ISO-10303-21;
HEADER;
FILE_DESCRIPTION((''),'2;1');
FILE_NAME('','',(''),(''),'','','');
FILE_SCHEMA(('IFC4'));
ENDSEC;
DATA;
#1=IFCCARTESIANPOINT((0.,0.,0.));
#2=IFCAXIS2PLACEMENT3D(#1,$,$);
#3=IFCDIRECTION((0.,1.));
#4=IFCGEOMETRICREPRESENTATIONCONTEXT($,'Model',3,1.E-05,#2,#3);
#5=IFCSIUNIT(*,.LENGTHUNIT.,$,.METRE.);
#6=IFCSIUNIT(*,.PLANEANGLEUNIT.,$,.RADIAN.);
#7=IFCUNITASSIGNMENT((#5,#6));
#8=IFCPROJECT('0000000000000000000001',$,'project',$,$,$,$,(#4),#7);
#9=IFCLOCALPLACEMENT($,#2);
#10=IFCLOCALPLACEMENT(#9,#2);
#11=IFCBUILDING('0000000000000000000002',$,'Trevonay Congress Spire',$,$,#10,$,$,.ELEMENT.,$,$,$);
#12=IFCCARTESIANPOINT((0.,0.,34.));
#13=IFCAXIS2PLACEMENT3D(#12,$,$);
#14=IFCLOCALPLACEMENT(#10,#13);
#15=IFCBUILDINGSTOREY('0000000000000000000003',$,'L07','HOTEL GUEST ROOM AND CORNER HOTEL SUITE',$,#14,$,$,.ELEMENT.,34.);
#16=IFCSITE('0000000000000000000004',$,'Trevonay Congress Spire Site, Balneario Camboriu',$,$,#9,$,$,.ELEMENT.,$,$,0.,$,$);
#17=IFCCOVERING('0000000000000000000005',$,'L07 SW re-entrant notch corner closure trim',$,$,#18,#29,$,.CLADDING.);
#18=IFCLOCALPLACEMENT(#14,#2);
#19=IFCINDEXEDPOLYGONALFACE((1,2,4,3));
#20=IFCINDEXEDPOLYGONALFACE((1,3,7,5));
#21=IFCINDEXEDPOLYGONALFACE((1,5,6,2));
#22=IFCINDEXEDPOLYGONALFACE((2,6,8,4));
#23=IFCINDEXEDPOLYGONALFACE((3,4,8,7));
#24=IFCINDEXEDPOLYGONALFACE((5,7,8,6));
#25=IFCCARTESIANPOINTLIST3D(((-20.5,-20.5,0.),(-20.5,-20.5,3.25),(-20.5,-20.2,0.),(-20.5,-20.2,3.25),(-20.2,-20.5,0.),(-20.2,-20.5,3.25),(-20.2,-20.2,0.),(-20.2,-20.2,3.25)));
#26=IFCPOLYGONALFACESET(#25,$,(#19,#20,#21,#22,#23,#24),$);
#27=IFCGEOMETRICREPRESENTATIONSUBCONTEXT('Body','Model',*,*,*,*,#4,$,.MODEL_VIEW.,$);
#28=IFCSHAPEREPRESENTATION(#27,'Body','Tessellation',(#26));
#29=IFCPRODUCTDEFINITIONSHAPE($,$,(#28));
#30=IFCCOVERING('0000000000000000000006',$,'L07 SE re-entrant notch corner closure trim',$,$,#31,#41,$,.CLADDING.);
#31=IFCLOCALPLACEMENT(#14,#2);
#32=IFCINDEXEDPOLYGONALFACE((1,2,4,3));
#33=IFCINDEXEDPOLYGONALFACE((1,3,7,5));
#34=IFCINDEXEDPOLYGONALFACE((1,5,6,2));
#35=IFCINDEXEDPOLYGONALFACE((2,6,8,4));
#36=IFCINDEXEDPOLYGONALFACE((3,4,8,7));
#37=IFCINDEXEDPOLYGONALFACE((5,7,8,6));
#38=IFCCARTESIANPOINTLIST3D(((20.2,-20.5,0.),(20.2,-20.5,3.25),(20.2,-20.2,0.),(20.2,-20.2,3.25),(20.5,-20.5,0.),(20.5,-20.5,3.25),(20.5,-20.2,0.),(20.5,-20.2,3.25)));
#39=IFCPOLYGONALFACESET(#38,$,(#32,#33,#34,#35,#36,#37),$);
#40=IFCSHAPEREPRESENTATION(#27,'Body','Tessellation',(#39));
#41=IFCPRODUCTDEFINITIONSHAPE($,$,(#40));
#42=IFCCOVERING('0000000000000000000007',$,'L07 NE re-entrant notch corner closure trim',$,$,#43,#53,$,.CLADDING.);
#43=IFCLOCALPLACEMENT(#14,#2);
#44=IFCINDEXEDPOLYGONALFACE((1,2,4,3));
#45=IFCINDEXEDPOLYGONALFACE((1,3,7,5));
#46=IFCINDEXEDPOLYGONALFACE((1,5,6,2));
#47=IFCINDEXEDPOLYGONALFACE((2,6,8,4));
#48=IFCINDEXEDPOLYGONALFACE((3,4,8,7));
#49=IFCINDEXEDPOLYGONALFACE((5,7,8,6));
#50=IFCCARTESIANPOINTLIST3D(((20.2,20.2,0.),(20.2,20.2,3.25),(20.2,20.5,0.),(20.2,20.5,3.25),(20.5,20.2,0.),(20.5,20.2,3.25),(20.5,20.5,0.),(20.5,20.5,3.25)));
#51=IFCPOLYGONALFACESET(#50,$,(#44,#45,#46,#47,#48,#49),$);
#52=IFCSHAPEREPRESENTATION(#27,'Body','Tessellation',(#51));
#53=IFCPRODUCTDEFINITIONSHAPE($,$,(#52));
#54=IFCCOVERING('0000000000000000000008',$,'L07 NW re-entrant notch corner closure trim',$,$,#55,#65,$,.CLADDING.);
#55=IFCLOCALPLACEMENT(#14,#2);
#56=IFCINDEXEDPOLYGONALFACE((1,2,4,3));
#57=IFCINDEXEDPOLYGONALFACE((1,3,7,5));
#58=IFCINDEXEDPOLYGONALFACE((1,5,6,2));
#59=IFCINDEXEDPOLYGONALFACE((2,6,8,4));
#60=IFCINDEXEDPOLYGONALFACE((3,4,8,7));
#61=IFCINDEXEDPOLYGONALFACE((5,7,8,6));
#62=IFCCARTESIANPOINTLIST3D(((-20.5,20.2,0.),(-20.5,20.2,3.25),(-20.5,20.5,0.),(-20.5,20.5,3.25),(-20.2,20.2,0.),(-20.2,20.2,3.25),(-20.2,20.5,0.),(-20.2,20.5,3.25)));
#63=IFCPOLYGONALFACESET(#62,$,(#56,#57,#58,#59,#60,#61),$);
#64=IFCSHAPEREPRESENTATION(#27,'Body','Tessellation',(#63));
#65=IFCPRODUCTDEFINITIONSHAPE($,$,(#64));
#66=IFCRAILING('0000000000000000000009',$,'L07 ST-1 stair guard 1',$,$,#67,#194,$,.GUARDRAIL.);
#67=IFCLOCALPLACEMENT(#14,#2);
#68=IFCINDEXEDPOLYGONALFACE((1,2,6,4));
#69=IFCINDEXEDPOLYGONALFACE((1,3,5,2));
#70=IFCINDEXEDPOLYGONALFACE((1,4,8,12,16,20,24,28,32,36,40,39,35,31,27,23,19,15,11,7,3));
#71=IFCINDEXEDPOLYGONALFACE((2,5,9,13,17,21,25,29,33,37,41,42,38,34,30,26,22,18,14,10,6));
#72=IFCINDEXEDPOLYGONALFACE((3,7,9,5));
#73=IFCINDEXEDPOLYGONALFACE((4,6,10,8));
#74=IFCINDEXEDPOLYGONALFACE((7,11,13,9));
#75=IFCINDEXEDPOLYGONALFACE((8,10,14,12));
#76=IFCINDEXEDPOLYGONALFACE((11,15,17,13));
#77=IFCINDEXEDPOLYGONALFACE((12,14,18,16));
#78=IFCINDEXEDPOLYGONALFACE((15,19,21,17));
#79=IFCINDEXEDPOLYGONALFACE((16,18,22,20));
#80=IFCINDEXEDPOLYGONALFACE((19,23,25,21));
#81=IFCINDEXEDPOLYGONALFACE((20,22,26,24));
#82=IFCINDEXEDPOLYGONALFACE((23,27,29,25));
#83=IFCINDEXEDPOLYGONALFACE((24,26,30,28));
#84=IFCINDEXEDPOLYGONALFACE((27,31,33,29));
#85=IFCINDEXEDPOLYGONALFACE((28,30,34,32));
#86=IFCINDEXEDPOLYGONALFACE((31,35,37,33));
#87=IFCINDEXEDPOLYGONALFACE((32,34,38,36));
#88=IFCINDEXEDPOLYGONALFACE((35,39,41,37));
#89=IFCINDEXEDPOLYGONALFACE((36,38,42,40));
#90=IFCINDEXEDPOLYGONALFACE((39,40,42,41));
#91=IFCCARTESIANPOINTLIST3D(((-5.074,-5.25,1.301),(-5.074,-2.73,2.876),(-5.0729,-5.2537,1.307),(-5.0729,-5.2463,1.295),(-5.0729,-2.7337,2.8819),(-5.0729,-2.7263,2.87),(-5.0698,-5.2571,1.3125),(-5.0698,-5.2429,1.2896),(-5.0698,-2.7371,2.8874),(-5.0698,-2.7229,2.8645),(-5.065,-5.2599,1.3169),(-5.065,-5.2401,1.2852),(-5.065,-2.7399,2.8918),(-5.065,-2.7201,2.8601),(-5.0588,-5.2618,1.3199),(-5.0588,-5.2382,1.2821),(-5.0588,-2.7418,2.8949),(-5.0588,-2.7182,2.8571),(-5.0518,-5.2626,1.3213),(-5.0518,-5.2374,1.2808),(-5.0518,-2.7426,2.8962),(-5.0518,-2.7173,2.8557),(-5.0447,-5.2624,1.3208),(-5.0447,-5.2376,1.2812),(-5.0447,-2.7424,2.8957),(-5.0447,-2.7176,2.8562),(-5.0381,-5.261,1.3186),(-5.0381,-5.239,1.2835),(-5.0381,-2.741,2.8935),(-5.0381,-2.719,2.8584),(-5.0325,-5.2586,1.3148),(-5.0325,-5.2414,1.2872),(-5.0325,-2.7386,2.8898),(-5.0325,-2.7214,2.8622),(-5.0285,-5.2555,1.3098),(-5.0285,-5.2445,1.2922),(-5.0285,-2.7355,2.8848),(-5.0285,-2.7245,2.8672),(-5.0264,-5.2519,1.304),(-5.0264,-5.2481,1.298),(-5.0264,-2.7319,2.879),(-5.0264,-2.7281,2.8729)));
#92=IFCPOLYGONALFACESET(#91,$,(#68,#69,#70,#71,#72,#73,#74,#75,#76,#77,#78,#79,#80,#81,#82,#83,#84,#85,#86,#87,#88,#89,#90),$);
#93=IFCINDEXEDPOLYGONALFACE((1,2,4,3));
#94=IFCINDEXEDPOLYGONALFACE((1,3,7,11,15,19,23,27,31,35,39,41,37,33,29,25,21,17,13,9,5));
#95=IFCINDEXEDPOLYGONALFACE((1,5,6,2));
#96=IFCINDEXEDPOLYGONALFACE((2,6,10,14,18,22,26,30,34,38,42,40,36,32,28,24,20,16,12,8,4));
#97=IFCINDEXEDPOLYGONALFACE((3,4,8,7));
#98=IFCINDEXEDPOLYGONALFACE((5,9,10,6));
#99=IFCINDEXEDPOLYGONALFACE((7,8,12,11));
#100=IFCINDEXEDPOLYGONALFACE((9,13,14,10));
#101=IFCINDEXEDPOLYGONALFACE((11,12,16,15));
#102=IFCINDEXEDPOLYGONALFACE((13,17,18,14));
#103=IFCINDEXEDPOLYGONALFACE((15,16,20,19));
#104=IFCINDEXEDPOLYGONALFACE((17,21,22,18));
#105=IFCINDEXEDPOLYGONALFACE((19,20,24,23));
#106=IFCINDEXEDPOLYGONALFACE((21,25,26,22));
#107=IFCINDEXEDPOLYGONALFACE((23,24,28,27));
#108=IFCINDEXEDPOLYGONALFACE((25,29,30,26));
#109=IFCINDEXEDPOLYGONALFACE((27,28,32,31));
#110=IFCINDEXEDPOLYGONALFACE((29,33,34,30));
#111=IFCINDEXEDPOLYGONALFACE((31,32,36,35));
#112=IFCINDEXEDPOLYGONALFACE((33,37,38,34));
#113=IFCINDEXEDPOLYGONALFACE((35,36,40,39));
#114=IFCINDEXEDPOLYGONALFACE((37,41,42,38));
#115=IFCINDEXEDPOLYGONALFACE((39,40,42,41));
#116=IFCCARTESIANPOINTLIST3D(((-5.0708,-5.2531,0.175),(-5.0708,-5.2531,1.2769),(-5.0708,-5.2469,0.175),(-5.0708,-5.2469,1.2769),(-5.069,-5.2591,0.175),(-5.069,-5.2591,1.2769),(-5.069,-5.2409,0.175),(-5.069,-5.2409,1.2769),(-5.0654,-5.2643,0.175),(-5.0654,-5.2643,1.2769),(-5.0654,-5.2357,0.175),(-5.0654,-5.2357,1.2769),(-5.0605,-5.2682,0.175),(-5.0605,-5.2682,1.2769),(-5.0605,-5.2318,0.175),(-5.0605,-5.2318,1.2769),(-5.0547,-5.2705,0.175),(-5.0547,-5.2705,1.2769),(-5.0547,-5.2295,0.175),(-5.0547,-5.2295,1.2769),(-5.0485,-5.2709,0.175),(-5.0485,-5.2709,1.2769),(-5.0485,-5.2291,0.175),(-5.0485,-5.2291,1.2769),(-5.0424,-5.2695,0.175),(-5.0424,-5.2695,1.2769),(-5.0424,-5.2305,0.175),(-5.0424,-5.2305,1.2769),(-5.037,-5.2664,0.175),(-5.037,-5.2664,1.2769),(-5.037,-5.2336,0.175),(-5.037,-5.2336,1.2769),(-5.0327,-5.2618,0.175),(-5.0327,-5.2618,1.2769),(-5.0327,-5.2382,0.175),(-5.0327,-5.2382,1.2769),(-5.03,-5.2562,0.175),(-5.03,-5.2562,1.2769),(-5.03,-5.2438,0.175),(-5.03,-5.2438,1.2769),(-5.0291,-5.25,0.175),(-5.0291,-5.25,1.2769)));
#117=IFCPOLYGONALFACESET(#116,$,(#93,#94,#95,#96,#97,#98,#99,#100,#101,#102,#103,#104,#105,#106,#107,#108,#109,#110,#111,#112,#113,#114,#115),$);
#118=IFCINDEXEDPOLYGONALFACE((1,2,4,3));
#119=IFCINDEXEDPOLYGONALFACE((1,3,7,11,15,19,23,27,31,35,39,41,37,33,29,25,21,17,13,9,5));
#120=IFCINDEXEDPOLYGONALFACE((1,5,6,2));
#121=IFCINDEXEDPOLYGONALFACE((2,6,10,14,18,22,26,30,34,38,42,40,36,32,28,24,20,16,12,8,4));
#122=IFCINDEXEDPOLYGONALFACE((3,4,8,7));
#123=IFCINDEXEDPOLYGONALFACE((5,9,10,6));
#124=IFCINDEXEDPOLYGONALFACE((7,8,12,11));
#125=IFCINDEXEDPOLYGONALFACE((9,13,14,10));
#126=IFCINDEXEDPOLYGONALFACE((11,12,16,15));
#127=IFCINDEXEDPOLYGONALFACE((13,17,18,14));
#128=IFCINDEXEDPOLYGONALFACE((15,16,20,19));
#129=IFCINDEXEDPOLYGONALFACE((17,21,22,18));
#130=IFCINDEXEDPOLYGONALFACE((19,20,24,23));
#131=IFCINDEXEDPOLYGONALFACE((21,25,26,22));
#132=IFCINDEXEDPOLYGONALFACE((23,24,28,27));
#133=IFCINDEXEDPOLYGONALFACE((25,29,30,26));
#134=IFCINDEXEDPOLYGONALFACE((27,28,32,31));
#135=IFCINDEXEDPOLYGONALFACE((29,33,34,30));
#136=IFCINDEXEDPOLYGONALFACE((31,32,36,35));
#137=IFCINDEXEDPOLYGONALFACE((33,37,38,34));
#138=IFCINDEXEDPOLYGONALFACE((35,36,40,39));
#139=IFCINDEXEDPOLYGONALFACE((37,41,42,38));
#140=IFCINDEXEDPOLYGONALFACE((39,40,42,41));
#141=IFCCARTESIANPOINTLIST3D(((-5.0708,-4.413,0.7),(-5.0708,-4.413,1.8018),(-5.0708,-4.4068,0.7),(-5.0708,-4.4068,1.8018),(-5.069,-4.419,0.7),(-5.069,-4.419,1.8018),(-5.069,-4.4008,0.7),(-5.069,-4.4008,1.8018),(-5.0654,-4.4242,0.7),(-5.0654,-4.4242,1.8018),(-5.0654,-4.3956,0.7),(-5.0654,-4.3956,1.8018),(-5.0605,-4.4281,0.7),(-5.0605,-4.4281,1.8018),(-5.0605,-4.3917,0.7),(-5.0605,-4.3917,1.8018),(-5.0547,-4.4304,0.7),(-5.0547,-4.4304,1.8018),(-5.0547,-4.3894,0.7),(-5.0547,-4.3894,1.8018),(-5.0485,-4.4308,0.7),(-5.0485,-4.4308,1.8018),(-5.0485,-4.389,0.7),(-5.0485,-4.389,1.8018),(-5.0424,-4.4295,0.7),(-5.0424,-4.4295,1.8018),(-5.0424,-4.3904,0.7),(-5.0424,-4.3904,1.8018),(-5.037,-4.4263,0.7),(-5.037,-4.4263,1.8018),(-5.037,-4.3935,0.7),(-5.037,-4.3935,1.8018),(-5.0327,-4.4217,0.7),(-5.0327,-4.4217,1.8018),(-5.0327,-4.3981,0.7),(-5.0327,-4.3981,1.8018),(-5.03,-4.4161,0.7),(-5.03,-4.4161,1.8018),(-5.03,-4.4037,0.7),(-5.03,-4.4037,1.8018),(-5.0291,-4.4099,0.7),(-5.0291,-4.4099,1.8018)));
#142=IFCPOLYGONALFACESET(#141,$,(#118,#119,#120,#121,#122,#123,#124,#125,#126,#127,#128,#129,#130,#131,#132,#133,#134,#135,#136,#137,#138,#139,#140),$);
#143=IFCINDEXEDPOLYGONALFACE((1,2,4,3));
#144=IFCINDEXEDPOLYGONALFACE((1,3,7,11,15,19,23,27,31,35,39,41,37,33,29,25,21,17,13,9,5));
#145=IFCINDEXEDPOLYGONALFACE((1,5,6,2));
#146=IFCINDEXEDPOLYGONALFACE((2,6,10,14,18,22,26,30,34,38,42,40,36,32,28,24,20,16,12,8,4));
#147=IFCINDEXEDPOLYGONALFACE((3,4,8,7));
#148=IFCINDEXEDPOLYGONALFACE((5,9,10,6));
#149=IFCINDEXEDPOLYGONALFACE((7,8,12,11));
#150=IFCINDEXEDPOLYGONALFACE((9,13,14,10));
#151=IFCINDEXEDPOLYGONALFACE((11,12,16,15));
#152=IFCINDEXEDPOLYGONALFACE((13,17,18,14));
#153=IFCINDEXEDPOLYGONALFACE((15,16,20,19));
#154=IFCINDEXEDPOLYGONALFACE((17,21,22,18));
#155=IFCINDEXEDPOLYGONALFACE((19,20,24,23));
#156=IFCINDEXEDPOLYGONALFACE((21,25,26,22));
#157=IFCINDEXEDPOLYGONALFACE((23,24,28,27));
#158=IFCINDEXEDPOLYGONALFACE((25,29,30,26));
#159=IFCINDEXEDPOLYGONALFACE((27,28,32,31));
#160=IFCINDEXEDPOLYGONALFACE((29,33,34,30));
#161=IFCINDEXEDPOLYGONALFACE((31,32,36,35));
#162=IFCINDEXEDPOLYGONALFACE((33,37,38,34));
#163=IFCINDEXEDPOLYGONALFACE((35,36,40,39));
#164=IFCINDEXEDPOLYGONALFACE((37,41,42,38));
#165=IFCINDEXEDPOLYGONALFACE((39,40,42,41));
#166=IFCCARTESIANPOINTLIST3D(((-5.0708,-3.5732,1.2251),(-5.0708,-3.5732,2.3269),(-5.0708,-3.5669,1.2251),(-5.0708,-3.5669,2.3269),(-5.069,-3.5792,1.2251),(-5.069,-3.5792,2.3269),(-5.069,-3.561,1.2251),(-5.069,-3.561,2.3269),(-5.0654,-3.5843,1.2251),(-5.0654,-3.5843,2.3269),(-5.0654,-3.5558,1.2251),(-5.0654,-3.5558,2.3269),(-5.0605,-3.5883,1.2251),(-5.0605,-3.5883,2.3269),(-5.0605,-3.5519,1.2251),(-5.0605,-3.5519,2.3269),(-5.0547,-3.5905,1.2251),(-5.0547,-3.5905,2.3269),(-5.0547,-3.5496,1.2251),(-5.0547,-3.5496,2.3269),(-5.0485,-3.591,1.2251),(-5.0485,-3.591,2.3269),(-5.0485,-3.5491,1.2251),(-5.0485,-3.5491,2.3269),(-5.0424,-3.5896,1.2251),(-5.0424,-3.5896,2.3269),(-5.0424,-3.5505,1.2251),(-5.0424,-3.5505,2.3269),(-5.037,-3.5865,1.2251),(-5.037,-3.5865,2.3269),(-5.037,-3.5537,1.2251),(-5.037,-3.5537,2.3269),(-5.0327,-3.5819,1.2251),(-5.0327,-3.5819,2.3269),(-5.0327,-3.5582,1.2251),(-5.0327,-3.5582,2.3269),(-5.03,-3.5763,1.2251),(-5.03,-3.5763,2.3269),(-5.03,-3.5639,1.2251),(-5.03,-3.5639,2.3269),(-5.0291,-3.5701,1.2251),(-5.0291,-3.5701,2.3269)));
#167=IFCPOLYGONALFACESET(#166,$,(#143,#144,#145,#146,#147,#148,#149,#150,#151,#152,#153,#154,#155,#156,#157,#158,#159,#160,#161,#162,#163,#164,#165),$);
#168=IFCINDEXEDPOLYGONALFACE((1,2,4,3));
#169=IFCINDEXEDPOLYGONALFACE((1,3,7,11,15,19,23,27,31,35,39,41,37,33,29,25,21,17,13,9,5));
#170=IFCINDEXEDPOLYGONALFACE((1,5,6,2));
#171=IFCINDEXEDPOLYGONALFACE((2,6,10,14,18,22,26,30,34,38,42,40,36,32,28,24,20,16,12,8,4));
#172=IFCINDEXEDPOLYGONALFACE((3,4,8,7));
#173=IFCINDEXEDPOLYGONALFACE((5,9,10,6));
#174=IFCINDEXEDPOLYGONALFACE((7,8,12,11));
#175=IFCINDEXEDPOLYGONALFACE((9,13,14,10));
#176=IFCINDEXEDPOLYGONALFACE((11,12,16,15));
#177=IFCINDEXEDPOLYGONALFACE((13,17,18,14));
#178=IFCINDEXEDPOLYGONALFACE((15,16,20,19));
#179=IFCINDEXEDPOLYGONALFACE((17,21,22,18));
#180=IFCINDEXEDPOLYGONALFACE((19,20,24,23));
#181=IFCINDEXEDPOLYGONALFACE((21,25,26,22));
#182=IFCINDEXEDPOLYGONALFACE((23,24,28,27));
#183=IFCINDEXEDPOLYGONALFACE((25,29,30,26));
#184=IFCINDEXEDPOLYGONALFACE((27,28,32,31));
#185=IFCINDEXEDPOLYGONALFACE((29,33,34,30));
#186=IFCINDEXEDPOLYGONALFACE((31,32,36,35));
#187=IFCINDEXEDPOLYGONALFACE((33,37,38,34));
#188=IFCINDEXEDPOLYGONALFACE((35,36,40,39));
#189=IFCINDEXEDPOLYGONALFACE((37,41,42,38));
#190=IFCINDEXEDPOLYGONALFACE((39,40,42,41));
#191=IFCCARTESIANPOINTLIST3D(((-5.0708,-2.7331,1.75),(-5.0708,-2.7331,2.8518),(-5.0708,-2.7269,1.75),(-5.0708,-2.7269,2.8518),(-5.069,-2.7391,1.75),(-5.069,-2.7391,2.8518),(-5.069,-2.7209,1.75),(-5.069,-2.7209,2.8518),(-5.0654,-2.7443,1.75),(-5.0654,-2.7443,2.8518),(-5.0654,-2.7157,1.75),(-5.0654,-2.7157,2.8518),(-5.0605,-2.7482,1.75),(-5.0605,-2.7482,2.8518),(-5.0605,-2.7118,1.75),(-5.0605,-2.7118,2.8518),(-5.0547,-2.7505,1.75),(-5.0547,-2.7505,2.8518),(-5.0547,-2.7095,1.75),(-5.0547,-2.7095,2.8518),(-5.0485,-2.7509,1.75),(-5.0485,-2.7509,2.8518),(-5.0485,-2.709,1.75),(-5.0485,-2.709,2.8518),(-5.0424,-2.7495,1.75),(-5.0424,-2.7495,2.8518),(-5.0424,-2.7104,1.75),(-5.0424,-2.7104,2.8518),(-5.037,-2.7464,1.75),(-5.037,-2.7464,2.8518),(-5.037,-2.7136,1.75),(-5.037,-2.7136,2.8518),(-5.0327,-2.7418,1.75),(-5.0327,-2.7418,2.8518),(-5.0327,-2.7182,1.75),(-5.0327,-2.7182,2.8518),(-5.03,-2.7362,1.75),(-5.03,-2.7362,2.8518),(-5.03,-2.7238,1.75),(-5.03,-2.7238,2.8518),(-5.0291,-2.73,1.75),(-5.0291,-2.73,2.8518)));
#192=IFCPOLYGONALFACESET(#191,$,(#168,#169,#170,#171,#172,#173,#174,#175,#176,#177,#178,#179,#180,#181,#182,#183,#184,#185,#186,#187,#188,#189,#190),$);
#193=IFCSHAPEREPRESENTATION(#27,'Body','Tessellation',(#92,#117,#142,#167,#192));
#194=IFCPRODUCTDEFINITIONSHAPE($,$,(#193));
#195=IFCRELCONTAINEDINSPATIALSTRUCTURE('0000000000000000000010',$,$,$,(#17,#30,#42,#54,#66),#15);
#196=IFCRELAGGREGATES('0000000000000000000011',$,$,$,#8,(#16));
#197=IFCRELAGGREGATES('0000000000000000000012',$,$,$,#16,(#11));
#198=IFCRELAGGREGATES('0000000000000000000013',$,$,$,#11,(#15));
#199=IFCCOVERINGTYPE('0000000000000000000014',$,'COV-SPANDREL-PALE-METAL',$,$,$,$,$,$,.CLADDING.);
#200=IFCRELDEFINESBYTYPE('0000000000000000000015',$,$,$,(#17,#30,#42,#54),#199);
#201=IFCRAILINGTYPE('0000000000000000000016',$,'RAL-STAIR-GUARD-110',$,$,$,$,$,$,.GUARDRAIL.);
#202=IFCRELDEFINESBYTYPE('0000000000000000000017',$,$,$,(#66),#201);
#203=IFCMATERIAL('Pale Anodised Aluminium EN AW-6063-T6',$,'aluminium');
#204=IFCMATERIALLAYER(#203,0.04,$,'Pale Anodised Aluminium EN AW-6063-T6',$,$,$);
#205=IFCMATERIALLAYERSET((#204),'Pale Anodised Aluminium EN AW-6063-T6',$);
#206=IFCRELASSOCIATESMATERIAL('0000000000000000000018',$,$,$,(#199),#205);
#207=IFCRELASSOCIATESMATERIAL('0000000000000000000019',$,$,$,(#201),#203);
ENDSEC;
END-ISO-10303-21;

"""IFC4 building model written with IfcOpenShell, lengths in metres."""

from ifc_helpers import new_model, si_unit, direction, frame, origin, origin_2d, place, context, subcontext, project, spatial, polyline, circle, outline, extrude, material, layer, layer_set, type_object, element, save


model = new_model("IFC4")

# Units and contexts
model_context = context("Model", 3, precision=1e-05, world=origin(), true_north=direction((0.0, 1.0)))
body_context = subcontext(model_context, "Body", "Model", "MODEL_VIEW")
ifc_project = project(units=[si_unit("LENGTHUNIT", "METRE"), si_unit("PLANEANGLEUNIT", "RADIAN")], contexts=[model_context])

# Site, building, storey
site_placement = place(None, origin())
site = spatial("IfcSite", under=ifc_project, at=site_placement, Name="Trevonay Congress Spire Site, Balneario Camboriu", CompositionType="ELEMENT", RefElevation=0.0)
building_placement = place(site_placement, origin())
building = spatial("IfcBuilding", under=site, at=building_placement, Name="Trevonay Congress Spire", CompositionType="ELEMENT")
storey_placement = place(building_placement, frame((0.0, 0.0, 34.0)))
storey = spatial("IfcBuildingStorey", under=building, at=storey_placement, Name="L07", Description="HOTEL GUEST ROOM AND CORNER HOTEL SUITE", CompositionType="ELEMENT", Elevation=34.0)

# Shared definitions
ifc_material_1 = material(Name="Pale Anodised Aluminium EN AW-6063-T6", Category="aluminium")

# Coverings
ifc_layer_1 = layer(ifc_material_1, 0.04, Name="Pale Anodised Aluminium EN AW-6063-T6")
ifc_layer_set_1 = layer_set([ifc_layer_1], Name="Pale Anodised Aluminium EN AW-6063-T6")
covering_type = type_object("IfcCoveringType", Name="COV-SPANDREL-PALE-METAL", PredefinedType="CLADDING", material=ifc_layer_set_1)
covering_1_placement = place(storey_placement, origin())
element("IfcCovering", 1, at=covering_1_placement, inside=storey, type_object=covering_type, Name="L07 SW re-entrant notch corner closure trim", PredefinedType="CLADDING", context=body_context, shape_type="SweptSolid", body=[
    extrude(outline(polyline([(-20.5, -20.5), (-20.2, -20.5), (-20.2, -20.2), (-20.5, -20.2), (-20.5, -20.5)])), origin(), (0.0, 0.0, 1.0), 3.25),
])
covering_2_placement = place(storey_placement, origin())
element("IfcCovering", 2, at=covering_2_placement, inside=storey, type_object=covering_type, Name="L07 SE re-entrant notch corner closure trim", PredefinedType="CLADDING", context=body_context, shape_type="SweptSolid", body=[
    extrude(outline(polyline([(20.2, -20.5), (20.5, -20.5), (20.5, -20.2), (20.2, -20.2), (20.2, -20.5)])), origin(), (0.0, 0.0, 1.0), 3.25),
])
covering_3_placement = place(storey_placement, origin())
element("IfcCovering", 3, at=covering_3_placement, inside=storey, type_object=covering_type, Name="L07 NE re-entrant notch corner closure trim", PredefinedType="CLADDING", context=body_context, shape_type="SweptSolid", body=[
    extrude(outline(polyline([(20.2, 20.2), (20.5, 20.2), (20.5, 20.5), (20.2, 20.5), (20.2, 20.2)])), origin(), (0.0, 0.0, 1.0), 3.25),
])
covering_4_placement = place(storey_placement, origin())
element("IfcCovering", 4, at=covering_4_placement, inside=storey, type_object=covering_type, Name="L07 NW re-entrant notch corner closure trim", PredefinedType="CLADDING", context=body_context, shape_type="SweptSolid", body=[
    extrude(outline(polyline([(-20.5, 20.2), (-20.2, 20.2), (-20.2, 20.5), (-20.5, 20.5), (-20.5, 20.2)])), origin(), (0.0, 0.0, 1.0), 3.25),
])

# Railing
railing_type_1 = type_object("IfcRailingType", Name="RAL-STAIR-GUARD-110", PredefinedType="GUARDRAIL", material=ifc_material_1)
railing_1_placement = place(storey_placement, frame((-5.05, -5.25, 0.175)))
element("IfcRailing", 5, at=railing_1_placement, inside=storey, type_object=railing_type_1, Name="L07 ST-1 stair guard 1", PredefinedType="GUARDRAIL", context=body_context, shape_type="SweptSolid", body=[
    extrude(circle(Radius=0.0239, at=origin_2d()), frame((0.0, 0.0, 1.126), z_axis=(0.0, 0.848008, 0.529984), x_axis=(-1.0, 0.0, 0.0)), (0.0, 0.0, 1.0), 2.9717),
    extrude(circle(Radius=0.021, at=origin_2d()), origin(), (0.0, 0.0, 1.0), 1.1018),
    extrude(circle(Radius=0.021, at=origin_2d()), frame((0.0, 0.8401, 0.5249)), (0.0, 0.0, 1.0), 1.1018),
    extrude(circle(Radius=0.021, at=origin_2d()), frame((0.0, 1.6799, 1.05)), (0.0, 0.0, 1.0), 1.1018),
    extrude(circle(Radius=0.021, at=origin_2d()), frame((0.0, 2.52, 1.575)), (0.0, 0.0, 1.0), 1.1018),
])

save(model, "model.ifc")
